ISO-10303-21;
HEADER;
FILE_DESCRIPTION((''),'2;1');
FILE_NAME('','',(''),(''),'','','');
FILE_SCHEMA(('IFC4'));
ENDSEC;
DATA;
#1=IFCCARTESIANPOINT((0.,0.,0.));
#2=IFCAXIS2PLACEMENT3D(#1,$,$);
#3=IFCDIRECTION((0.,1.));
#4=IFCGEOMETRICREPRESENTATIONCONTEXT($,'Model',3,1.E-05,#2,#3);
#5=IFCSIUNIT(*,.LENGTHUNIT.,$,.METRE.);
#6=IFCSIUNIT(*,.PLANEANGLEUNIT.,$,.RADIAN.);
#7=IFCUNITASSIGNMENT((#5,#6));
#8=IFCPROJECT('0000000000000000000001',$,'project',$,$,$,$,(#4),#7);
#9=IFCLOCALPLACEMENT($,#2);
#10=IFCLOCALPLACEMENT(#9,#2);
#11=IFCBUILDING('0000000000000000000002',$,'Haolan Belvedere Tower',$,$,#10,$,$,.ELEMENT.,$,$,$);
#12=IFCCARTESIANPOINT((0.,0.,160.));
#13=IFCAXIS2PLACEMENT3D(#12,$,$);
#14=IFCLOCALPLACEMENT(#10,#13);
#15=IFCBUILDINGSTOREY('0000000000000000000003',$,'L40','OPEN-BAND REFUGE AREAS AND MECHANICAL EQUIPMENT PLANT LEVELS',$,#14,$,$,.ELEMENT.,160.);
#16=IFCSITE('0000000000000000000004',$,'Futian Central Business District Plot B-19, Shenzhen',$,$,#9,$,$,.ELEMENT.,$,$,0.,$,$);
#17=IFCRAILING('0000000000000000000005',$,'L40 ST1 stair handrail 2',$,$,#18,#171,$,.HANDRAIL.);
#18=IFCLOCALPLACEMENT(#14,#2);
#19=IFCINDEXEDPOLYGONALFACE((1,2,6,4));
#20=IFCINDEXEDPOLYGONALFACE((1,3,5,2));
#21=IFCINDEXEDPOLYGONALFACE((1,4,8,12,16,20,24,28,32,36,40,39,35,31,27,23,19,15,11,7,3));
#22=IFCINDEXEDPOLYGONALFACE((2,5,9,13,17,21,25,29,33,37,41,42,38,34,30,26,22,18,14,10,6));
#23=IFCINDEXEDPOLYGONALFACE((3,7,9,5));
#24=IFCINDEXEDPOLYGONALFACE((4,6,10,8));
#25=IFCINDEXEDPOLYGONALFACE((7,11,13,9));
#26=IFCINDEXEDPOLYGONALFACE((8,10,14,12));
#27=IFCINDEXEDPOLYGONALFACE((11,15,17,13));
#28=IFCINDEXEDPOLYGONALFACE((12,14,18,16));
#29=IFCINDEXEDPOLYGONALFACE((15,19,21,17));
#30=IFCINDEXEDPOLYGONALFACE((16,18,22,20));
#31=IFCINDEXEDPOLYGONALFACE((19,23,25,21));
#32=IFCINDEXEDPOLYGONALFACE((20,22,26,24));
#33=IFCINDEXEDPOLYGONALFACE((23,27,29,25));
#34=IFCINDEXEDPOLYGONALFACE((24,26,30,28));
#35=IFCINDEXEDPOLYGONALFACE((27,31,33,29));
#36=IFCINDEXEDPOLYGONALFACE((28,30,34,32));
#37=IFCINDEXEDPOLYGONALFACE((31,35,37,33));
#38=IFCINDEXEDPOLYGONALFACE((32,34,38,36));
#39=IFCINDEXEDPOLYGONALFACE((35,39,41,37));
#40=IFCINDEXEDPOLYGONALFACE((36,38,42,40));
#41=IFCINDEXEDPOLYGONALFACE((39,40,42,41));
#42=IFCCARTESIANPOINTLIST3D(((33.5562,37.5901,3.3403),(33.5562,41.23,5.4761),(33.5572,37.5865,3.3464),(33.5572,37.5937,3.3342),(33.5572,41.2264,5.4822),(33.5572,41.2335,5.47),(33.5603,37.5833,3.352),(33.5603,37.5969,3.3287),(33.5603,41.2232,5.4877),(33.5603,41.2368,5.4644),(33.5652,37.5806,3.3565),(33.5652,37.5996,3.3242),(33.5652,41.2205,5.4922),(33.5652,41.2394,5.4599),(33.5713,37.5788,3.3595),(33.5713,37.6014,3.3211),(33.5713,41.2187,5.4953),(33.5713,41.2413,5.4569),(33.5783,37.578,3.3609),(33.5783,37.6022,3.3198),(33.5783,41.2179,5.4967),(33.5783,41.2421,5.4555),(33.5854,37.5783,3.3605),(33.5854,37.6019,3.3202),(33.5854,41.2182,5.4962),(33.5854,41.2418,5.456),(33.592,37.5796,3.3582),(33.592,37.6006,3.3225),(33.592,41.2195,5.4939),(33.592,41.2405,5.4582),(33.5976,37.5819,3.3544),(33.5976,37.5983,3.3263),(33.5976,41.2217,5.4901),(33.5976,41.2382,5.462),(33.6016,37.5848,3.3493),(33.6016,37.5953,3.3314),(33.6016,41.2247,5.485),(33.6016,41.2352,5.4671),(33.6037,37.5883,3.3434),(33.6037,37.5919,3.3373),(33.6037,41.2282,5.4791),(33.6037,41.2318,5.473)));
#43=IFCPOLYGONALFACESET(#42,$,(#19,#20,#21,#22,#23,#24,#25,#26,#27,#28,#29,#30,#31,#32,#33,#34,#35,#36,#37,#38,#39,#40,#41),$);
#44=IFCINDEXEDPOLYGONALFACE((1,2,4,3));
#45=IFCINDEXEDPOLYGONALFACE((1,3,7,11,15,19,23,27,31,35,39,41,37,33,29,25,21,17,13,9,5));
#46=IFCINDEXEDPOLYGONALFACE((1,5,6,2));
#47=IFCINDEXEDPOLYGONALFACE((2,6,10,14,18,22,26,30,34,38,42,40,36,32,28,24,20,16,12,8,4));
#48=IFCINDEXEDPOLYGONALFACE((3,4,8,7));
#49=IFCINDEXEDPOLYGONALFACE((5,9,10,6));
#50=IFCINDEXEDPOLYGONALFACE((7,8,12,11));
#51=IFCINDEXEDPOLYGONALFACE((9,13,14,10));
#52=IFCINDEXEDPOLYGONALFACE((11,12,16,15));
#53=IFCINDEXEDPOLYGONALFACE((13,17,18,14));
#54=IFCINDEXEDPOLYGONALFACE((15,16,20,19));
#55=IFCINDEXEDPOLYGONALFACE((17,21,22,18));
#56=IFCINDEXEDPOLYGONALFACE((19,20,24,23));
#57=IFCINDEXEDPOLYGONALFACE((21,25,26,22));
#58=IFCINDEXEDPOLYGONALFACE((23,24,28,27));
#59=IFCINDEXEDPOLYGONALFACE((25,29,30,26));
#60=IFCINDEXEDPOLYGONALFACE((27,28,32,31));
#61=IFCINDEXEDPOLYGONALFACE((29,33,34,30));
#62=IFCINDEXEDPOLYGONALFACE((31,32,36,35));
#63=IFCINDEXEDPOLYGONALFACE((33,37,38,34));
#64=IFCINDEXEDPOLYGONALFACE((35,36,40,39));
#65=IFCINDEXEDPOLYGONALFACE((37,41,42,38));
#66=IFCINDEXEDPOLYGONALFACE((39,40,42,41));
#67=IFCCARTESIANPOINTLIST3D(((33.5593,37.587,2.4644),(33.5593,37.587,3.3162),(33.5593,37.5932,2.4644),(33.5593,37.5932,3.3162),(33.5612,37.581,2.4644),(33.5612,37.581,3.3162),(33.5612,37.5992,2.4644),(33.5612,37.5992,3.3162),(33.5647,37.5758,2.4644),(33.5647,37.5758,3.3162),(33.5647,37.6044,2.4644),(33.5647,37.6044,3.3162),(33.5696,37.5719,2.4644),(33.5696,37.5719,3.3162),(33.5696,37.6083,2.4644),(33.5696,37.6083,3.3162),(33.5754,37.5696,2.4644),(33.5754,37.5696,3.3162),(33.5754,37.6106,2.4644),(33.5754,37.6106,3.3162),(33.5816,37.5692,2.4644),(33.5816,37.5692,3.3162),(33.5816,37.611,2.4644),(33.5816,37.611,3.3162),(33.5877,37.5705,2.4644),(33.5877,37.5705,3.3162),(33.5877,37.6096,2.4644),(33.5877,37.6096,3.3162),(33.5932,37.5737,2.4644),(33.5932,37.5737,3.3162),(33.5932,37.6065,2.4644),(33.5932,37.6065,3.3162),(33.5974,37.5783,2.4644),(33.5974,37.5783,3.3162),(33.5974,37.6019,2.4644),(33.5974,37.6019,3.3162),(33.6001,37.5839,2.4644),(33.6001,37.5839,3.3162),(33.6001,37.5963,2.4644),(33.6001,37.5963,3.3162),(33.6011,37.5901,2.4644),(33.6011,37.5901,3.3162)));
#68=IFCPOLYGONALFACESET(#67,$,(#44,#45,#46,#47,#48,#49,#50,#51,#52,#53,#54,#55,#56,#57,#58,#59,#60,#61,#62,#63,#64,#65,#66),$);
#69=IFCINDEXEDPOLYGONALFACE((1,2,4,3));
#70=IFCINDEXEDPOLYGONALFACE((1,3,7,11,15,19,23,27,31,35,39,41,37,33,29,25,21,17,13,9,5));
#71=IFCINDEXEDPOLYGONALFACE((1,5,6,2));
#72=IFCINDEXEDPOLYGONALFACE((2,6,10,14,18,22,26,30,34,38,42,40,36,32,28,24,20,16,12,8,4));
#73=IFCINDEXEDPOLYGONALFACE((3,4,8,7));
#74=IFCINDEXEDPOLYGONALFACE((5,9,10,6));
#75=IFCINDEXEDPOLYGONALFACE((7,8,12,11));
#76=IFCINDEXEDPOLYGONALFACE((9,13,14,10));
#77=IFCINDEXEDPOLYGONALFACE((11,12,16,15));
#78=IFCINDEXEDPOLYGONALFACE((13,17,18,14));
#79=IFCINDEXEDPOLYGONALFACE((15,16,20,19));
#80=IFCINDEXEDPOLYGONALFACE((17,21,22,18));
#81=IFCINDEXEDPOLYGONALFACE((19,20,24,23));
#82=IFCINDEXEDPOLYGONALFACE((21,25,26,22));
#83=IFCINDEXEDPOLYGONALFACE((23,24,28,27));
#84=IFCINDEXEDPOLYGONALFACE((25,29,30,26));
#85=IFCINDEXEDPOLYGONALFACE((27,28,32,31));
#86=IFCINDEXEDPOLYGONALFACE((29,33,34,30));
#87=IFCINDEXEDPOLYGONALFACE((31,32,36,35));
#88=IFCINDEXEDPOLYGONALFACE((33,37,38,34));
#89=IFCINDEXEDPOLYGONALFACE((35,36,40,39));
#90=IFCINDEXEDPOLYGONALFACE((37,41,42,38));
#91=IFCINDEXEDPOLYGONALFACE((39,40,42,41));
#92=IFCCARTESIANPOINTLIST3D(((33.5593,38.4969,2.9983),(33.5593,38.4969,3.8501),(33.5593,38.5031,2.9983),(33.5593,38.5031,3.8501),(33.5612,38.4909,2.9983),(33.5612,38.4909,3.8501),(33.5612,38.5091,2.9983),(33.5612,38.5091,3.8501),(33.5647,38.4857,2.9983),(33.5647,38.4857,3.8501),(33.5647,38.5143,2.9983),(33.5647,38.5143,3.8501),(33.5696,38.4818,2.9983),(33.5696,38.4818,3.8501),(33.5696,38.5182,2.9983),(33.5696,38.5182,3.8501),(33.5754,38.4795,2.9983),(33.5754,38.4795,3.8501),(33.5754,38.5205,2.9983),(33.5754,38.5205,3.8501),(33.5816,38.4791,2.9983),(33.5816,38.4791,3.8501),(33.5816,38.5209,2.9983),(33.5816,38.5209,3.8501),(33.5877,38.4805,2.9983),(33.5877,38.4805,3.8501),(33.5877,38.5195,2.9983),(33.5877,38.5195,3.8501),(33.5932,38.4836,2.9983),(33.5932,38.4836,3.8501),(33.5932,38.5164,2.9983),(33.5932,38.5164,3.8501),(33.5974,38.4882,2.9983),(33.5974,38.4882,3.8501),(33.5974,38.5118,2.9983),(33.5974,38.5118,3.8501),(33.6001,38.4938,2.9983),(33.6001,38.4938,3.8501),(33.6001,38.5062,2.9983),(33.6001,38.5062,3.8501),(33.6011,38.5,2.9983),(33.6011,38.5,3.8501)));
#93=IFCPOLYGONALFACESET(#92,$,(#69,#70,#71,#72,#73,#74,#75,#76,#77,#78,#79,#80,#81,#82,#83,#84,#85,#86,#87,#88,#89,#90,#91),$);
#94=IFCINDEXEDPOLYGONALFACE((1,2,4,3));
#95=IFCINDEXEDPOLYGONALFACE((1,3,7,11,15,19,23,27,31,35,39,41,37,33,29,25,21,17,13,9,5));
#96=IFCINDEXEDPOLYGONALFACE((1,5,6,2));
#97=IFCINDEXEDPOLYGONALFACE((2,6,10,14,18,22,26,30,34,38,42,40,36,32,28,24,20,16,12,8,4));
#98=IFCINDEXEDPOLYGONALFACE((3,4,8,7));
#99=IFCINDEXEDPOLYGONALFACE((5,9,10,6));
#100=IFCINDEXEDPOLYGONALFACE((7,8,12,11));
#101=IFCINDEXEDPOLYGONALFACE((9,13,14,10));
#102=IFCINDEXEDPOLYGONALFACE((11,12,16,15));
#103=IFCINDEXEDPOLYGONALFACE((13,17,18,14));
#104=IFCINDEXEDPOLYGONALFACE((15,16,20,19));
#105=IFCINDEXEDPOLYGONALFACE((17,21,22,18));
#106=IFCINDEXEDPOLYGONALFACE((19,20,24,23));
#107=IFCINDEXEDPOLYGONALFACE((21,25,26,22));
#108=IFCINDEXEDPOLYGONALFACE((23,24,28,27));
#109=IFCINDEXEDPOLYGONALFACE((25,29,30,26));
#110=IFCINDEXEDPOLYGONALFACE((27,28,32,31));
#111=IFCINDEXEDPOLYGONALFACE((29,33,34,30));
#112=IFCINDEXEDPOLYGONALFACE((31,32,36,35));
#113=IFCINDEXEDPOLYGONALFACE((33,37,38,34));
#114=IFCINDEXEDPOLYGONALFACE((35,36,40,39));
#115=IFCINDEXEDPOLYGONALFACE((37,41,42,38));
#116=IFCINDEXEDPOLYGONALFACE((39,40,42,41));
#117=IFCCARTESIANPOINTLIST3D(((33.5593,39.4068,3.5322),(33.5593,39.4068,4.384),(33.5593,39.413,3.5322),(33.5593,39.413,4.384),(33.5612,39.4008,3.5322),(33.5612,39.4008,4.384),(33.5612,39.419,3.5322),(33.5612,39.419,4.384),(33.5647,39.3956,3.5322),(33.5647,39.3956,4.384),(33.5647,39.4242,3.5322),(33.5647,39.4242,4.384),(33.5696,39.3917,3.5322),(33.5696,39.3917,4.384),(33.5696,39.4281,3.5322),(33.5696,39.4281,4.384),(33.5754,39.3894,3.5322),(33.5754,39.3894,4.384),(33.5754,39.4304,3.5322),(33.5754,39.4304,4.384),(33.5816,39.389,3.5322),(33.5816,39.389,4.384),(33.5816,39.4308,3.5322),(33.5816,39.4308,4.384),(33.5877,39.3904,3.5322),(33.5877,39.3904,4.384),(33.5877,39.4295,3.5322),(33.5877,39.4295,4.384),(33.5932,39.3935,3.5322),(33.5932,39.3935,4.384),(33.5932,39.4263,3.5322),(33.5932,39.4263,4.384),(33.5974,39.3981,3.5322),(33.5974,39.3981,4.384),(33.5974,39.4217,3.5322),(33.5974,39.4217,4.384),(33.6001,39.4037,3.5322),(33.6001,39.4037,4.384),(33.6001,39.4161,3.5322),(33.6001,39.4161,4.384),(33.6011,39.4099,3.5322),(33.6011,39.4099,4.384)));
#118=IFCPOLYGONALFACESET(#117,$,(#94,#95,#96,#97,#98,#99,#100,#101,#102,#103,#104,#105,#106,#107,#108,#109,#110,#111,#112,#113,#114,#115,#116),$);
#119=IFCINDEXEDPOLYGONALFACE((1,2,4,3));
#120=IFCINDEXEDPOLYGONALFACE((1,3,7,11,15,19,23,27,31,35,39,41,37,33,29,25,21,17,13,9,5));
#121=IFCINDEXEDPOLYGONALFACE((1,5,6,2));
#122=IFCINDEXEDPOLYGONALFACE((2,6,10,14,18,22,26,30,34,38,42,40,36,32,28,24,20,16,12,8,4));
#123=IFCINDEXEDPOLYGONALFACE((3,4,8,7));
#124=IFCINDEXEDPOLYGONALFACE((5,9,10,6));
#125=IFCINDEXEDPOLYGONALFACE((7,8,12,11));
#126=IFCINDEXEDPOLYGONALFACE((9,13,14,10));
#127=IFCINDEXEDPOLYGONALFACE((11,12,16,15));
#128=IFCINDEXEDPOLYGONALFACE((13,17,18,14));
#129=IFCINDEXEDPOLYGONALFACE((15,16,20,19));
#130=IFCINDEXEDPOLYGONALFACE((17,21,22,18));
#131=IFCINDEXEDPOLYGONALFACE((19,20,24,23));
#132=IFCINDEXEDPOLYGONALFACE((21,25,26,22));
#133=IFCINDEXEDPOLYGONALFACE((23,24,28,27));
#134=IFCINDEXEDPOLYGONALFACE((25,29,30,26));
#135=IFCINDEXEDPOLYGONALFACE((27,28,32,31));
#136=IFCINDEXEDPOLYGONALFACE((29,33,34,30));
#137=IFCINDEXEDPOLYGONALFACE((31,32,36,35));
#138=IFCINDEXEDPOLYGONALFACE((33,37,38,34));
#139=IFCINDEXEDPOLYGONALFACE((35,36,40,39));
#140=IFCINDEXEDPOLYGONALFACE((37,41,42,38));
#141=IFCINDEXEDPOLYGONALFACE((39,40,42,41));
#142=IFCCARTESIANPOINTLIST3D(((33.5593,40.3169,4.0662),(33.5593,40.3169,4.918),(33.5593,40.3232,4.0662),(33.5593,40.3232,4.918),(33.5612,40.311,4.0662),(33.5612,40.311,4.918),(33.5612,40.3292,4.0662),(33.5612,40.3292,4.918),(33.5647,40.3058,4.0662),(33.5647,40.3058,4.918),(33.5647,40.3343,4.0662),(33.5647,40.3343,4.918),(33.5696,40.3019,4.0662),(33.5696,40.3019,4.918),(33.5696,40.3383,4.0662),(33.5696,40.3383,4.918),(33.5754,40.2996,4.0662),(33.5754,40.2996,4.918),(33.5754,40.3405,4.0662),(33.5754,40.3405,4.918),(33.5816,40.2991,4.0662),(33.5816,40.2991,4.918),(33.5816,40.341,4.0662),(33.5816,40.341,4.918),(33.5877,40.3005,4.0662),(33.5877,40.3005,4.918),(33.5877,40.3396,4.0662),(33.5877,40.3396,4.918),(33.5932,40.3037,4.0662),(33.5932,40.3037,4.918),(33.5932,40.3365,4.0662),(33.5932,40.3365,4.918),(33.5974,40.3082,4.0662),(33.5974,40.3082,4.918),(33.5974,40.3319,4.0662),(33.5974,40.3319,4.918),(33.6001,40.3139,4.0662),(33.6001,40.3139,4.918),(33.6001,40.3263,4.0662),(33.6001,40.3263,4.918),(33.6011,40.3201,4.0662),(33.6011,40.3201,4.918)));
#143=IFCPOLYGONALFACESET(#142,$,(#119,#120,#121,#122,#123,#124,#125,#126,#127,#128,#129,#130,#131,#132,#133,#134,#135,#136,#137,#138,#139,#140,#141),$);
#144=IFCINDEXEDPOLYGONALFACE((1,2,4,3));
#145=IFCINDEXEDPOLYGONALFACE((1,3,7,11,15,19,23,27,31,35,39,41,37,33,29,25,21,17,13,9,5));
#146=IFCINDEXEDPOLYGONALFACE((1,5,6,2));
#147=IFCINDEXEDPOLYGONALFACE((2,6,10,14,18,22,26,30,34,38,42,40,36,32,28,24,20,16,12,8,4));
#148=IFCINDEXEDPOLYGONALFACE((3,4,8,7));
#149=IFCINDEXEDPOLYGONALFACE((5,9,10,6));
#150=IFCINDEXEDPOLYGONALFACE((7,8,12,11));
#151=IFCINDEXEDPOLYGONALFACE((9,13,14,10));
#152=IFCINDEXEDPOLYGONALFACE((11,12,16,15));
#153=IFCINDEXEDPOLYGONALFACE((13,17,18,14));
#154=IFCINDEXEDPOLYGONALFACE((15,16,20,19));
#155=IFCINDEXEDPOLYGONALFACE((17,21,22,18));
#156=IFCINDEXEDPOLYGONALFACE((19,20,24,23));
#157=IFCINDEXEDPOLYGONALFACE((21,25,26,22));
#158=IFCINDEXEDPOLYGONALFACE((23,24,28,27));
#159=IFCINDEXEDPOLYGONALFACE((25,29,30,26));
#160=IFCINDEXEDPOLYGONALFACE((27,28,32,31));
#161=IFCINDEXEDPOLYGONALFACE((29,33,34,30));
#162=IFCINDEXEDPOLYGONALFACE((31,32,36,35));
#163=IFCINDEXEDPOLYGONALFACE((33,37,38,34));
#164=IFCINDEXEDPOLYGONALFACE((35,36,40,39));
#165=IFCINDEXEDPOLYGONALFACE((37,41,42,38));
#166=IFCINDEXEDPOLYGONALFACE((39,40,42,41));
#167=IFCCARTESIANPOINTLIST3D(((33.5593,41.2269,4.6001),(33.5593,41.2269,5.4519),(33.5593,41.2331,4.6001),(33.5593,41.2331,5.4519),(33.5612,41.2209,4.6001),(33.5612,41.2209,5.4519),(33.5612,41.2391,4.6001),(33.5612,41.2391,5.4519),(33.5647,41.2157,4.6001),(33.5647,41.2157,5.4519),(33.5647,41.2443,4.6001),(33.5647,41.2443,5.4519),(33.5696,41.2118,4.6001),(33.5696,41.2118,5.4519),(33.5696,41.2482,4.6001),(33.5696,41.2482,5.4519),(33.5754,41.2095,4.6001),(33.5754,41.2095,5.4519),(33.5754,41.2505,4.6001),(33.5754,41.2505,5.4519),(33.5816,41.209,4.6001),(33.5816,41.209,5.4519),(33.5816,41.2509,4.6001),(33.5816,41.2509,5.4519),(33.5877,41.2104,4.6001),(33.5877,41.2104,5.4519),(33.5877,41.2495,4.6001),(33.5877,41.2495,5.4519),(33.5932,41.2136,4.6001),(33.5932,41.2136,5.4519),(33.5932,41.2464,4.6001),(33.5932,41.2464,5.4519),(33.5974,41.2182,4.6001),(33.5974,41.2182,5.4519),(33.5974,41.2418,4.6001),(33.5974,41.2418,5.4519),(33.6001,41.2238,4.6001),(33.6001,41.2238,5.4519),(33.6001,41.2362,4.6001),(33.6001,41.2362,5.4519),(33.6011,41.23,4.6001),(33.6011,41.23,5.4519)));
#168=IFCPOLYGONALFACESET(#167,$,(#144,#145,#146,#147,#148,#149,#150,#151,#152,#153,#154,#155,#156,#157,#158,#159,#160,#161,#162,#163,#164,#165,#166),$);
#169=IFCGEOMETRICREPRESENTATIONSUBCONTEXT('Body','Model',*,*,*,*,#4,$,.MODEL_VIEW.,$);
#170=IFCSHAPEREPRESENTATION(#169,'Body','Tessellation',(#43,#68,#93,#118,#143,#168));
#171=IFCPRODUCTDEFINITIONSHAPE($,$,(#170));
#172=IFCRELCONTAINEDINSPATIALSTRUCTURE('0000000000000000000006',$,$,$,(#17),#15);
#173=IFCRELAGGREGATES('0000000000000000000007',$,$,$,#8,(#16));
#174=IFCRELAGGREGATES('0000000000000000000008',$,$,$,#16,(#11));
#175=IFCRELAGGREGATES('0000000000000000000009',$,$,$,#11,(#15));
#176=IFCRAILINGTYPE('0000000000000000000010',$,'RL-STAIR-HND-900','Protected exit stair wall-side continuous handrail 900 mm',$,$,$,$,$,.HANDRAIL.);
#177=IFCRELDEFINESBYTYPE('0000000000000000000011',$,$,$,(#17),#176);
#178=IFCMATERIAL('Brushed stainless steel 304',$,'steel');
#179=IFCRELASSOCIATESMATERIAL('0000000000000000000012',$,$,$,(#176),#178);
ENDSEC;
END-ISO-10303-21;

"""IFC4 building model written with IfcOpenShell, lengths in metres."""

from ifc_helpers import new_model, si_unit, direction, frame, origin, origin_2d, place, context, subcontext, project, spatial, circle, extrude, material, type_object, element, save


model = new_model("IFC4")

# Units and contexts
model_context = context("Model", 3, precision=1e-05, world=origin(), true_north=direction((0.0, 1.0)))
body_context = subcontext(model_context, "Body", "Model", "MODEL_VIEW")
ifc_project = project(units=[si_unit("LENGTHUNIT", "METRE"), si_unit("PLANEANGLEUNIT", "RADIAN")], contexts=[model_context])

# Site, building, storey
site_placement = place(None, origin())
site = spatial("IfcSite", under=ifc_project, at=site_placement, Name="Futian Central Business District Plot B-19, Shenzhen", CompositionType="ELEMENT", RefElevation=0.0)
building_placement = place(site_placement, origin())
building = spatial("IfcBuilding", under=site, at=building_placement, Name="Haolan Belvedere Tower", CompositionType="ELEMENT")
storey_placement = place(building_placement, frame((0.0, 0.0, 160.0)))
storey = spatial("IfcBuildingStorey", under=building, at=storey_placement, Name="L40", Description="OPEN-BAND REFUGE AREAS AND MECHANICAL EQUIPMENT PLANT LEVELS", CompositionType="ELEMENT", Elevation=160.0)

# Railing
ifc_material_1 = material(Name="Brushed stainless steel 304", Category="steel")
railing_type_1 = type_object("IfcRailingType", Name="RL-STAIR-HND-900", Description="Protected exit stair wall-side continuous handrail 900 mm", PredefinedType="HANDRAIL", material=ifc_material_1)
railing_1_placement = place(storey_placement, frame((33.5801, 37.5901, 2.4644)))
element("IfcRailing", 1, at=railing_1_placement, inside=storey, type_object=railing_type_1, Name="L40 ST1 stair handrail 2", PredefinedType="HANDRAIL", context=body_context, shape_type="SweptSolid", body=[
    extrude(circle(Radius=0.0239, at=origin_2d()), frame((0.0, 0.0, 0.876), z_axis=(0.0, 0.86249, 0.506074), x_axis=(-1.0, 0.0, 0.0)), (0.0, 0.0, 1.0), 4.2202),
    extrude(circle(Radius=0.021, at=origin_2d()), origin(), (0.0, 0.0, 1.0), 0.8518),
    extrude(circle(Radius=0.021, at=origin_2d()), frame((0.0, 0.9099, 0.5339)), (0.0, 0.0, 1.0), 0.8518),
    extrude(circle(Radius=0.021, at=origin_2d()), frame((0.0, 1.8198, 1.0679)), (0.0, 0.0, 1.0), 0.8518),
    extrude(circle(Radius=0.021, at=origin_2d()), frame((0.0, 2.73, 1.6018)), (0.0, 0.0, 1.0), 0.8518),
    extrude(circle(Radius=0.021, at=origin_2d()), frame((0.0, 3.6399, 2.1357)), (0.0, 0.0, 1.0), 0.8518),
])

save(model, "model.ifc")
